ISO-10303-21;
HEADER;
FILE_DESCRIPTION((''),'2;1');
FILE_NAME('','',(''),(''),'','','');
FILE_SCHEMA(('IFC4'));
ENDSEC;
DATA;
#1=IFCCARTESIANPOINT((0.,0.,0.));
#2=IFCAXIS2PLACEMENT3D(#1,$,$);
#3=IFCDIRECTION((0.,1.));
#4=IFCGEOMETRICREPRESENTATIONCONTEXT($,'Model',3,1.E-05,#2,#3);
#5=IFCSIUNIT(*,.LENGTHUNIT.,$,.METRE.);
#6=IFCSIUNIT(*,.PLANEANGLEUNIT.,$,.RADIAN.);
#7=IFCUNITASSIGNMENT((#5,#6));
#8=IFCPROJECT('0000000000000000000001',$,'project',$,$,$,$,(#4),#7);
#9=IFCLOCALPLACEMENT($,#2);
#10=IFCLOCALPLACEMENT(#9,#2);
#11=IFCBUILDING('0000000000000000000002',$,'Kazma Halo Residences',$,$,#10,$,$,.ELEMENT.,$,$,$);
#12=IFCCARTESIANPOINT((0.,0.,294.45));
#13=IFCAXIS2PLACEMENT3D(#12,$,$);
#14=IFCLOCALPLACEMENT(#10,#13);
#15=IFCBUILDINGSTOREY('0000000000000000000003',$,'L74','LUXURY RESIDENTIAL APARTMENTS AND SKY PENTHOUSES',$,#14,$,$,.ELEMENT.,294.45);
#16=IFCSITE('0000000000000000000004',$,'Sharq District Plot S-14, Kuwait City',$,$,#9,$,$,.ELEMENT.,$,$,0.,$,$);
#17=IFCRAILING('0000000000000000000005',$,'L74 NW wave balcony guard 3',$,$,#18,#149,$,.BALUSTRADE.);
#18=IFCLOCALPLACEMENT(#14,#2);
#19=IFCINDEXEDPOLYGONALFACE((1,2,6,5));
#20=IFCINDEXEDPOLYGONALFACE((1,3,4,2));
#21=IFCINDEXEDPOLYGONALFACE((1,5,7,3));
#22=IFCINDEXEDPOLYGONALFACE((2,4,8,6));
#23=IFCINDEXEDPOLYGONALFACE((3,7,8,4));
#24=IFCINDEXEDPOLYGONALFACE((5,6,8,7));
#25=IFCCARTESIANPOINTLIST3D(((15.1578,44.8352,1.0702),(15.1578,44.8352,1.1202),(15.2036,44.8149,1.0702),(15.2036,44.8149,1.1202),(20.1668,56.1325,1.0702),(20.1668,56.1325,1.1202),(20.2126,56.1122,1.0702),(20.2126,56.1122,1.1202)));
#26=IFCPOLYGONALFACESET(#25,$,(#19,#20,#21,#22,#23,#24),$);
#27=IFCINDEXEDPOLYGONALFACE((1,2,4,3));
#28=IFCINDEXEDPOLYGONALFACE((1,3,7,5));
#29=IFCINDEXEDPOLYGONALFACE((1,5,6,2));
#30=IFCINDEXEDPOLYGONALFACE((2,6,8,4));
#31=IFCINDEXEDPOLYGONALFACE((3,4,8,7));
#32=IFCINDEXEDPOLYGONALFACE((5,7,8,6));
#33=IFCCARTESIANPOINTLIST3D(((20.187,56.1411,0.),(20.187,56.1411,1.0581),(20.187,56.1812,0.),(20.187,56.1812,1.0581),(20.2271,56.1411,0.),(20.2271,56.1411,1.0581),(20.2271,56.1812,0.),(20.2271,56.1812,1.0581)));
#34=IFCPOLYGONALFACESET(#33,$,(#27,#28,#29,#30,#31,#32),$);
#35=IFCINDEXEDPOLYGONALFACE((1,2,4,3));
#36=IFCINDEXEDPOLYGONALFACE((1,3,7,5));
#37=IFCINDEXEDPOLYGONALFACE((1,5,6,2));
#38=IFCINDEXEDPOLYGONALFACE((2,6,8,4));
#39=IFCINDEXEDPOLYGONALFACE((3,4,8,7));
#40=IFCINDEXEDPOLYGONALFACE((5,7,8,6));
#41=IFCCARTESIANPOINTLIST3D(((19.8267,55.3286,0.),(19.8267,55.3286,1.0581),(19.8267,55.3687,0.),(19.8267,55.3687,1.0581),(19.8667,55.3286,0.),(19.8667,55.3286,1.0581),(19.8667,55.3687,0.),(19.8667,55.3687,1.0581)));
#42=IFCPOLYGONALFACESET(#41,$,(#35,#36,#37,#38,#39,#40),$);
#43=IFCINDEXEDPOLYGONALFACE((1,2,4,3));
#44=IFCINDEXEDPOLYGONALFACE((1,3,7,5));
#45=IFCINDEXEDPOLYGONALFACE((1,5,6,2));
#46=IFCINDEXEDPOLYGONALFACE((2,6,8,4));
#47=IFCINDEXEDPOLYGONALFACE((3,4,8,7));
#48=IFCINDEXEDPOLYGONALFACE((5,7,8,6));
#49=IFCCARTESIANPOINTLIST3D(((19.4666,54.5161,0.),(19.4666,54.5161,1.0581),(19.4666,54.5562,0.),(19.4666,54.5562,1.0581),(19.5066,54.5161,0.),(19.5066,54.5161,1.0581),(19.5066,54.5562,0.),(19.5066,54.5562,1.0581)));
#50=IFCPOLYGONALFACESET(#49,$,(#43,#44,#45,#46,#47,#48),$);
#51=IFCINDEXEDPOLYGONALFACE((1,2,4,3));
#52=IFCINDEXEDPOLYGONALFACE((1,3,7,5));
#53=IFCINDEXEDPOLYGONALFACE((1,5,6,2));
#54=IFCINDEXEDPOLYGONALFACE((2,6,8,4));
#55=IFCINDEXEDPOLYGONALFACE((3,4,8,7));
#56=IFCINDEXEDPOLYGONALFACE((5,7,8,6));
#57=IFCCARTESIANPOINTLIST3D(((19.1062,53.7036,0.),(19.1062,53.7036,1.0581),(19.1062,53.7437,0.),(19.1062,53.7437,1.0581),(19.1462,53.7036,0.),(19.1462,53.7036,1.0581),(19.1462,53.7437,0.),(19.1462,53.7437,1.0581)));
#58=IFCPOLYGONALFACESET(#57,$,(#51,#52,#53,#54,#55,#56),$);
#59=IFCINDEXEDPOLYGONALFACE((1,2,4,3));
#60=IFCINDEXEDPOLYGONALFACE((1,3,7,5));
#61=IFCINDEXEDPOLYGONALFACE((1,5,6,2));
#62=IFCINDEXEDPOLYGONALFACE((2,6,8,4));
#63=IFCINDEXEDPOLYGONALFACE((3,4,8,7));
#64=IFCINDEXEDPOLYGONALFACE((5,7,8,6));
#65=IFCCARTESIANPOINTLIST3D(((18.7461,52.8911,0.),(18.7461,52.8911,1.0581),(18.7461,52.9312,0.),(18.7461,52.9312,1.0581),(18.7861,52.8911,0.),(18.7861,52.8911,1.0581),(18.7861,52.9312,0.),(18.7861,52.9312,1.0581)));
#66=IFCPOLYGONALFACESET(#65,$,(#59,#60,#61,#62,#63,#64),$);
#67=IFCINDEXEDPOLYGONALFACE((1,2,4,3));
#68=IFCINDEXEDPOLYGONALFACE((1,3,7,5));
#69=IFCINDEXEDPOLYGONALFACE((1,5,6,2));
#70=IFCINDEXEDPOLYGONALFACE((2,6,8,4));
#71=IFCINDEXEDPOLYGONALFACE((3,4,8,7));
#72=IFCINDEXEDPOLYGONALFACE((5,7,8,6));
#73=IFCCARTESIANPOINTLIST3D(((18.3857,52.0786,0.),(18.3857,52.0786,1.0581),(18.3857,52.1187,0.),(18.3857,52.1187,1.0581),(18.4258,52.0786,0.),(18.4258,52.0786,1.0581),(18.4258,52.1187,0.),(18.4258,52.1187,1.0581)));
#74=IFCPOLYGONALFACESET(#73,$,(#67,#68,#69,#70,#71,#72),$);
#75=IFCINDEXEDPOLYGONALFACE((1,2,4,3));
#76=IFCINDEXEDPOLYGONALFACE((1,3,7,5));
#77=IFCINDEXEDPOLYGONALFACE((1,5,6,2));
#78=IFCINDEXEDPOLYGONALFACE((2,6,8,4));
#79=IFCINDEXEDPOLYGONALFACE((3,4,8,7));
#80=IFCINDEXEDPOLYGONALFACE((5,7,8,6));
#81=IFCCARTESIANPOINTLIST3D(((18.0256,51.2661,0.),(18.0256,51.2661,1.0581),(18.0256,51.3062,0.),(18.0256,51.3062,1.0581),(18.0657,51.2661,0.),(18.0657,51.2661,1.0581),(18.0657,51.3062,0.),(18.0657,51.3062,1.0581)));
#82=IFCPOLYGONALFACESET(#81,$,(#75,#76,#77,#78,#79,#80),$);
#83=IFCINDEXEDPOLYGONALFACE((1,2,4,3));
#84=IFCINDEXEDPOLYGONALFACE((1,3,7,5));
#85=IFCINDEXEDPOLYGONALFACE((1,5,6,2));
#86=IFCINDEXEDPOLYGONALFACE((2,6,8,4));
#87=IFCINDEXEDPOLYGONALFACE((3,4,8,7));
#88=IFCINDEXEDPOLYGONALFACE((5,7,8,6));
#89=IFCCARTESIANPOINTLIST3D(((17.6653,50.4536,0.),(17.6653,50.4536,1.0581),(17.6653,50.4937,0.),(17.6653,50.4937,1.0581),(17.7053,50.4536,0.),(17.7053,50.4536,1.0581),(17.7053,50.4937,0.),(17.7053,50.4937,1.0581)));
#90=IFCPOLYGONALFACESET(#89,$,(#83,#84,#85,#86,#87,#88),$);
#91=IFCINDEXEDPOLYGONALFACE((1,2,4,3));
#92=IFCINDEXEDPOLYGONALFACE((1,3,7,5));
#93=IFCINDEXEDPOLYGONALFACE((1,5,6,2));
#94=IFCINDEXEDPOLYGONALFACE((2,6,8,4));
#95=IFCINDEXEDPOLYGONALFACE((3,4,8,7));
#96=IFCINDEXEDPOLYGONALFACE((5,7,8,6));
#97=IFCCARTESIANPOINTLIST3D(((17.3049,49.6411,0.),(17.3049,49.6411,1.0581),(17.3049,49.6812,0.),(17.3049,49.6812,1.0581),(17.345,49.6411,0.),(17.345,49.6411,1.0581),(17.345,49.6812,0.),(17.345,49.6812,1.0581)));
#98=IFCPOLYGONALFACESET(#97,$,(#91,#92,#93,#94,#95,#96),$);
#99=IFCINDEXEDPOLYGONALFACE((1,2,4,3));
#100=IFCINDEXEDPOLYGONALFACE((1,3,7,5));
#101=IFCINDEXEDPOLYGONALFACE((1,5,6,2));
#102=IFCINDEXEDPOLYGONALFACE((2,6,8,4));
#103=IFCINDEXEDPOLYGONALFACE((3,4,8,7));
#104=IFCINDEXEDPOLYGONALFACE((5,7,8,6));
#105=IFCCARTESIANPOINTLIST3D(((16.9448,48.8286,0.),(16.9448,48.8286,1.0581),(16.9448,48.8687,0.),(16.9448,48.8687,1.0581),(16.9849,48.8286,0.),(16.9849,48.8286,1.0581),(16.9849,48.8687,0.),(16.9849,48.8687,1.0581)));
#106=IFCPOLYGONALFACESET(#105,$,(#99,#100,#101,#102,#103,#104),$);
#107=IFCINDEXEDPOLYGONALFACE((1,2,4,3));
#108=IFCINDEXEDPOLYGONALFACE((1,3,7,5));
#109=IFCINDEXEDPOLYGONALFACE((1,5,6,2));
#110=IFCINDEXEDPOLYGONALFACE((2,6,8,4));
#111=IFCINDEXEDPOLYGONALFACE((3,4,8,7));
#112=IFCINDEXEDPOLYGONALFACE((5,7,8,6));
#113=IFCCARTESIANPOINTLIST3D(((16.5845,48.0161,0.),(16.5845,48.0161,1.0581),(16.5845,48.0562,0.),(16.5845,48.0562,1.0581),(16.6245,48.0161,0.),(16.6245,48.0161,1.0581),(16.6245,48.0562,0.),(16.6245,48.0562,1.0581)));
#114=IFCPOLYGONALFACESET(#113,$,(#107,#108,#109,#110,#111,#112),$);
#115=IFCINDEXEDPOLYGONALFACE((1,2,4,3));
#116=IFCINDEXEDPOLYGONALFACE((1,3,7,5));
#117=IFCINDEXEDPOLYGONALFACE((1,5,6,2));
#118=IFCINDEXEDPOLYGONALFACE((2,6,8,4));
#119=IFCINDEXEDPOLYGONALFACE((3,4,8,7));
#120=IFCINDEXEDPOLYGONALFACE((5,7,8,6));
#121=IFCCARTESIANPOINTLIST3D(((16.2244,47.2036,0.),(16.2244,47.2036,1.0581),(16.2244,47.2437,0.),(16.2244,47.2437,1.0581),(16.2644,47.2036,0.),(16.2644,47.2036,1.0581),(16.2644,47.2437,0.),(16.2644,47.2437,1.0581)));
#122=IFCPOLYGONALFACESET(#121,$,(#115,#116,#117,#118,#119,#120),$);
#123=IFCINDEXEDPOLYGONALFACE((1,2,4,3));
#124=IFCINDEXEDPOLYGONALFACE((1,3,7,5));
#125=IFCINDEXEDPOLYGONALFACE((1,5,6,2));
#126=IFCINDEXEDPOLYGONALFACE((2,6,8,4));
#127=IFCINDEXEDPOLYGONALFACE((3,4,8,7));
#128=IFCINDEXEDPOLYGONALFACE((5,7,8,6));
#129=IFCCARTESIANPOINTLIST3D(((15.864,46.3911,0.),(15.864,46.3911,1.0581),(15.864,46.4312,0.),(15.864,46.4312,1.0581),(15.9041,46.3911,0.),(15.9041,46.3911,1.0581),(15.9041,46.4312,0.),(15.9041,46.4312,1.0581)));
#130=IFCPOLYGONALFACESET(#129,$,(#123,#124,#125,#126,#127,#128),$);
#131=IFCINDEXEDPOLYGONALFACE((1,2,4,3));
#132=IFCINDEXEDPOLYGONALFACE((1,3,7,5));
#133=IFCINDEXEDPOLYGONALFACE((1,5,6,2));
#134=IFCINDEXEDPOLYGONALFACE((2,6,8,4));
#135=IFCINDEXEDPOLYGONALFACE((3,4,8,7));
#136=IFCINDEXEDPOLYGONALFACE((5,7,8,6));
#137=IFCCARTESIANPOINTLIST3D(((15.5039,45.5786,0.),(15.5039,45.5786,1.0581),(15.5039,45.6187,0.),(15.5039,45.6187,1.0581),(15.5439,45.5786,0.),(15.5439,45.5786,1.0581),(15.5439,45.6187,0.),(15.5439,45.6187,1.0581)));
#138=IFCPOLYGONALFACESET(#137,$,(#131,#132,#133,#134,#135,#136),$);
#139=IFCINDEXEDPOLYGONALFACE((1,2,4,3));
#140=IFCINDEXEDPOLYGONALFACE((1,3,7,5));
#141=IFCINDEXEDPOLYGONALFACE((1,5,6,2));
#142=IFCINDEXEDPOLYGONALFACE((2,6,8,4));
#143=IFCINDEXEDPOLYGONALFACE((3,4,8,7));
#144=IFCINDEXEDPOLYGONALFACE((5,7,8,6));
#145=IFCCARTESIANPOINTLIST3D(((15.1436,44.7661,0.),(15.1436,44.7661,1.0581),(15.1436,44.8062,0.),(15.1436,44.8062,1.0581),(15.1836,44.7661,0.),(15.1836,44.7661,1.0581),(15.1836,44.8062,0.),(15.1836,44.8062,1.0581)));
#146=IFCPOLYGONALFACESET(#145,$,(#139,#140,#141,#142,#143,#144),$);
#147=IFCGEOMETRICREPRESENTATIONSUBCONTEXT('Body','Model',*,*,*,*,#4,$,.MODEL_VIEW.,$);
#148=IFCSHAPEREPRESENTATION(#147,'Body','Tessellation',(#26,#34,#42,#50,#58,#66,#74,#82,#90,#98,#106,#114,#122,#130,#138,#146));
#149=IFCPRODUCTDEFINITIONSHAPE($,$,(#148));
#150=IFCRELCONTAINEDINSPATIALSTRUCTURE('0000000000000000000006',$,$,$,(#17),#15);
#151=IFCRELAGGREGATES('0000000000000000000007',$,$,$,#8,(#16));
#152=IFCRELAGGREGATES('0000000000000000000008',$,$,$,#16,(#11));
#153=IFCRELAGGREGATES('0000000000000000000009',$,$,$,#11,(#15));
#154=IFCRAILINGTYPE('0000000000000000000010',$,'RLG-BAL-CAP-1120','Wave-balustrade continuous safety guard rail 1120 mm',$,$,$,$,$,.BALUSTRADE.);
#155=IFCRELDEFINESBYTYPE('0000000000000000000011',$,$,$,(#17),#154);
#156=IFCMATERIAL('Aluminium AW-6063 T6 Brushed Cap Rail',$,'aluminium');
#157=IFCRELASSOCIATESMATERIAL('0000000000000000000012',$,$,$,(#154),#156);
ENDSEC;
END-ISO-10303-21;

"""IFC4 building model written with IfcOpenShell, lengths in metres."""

from ifc_helpers import new_model, si_unit, direction, frame, origin, origin_2d, place, context, subcontext, project, spatial, rectangle, extrude, material, type_object, element, save


model = new_model("IFC4")

# Units and contexts
model_context = context("Model", 3, precision=1e-05, world=origin(), true_north=direction((0.0, 1.0)))
body_context = subcontext(model_context, "Body", "Model", "MODEL_VIEW")
ifc_project = project(units=[si_unit("LENGTHUNIT", "METRE"), si_unit("PLANEANGLEUNIT", "RADIAN")], contexts=[model_context])

# Site, building, storey
site_placement = place(None, origin())
site = spatial("IfcSite", under=ifc_project, at=site_placement, Name="Sharq District Plot S-14, Kuwait City", CompositionType="ELEMENT", RefElevation=0.0)
building_placement = place(site_placement, origin())
building = spatial("IfcBuilding", under=site, at=building_placement, Name="Kazma Halo Residences", CompositionType="ELEMENT")
storey_placement = place(building_placement, frame((0.0, 0.0, 294.45)))
storey = spatial("IfcBuildingStorey", under=building, at=storey_placement, Name="L74", Description="LUXURY RESIDENTIAL APARTMENTS AND SKY PENTHOUSES", CompositionType="ELEMENT", Elevation=294.45)

# Railing
ifc_material_1 = material(Name="Aluminium AW-6063 T6 Brushed Cap Rail", Category="aluminium")
railing_type = type_object("IfcRailingType", Name="RLG-BAL-CAP-1120", Description="Wave-balustrade continuous safety guard rail 1120 mm", PredefinedType="BALUSTRADE", material=ifc_material_1)
railing_1_placement = place(storey_placement, frame((20.207, 56.1611, 0.0)))
element("IfcRailing", 1, at=railing_1_placement, inside=storey, type_object=railing_type, Name="L74 NW wave balcony guard 3", PredefinedType="BALUSTRADE", context=body_context, shape_type="SweptSolid", body=[
    extrude(rectangle(XDim=0.05, YDim=0.05, at=origin_2d()), frame((-0.0173, -0.0388, 1.0952), z_axis=(-0.405326, -0.914172, 0.0), x_axis=(0.914172, -0.405326, 0.0)), (0.0, 0.0, 1.0), 12.3579),
    extrude(rectangle(XDim=0.04, YDim=0.04, at=origin_2d()), origin(), (0.0, 0.0, 1.0), 1.0581),
    extrude(rectangle(XDim=0.04, YDim=0.04, at=origin_2d()), frame((-0.3604, -0.8125, 0.0)), (0.0, 0.0, 1.0), 1.0581),
    extrude(rectangle(XDim=0.04, YDim=0.04, at=origin_2d()), frame((-0.7205, -1.625, 0.0)), (0.0, 0.0, 1.0), 1.0581),
    extrude(rectangle(XDim=0.04, YDim=0.04, at=origin_2d()), frame((-1.0808, -2.4375, 0.0)), (0.0, 0.0, 1.0), 1.0581),
    extrude(rectangle(XDim=0.04, YDim=0.04, at=origin_2d()), frame((-1.4409, -3.25, 0.0)), (0.0, 0.0, 1.0), 1.0581),
    extrude(rectangle(XDim=0.04, YDim=0.04, at=origin_2d()), frame((-1.8013, -4.0625, 0.0)), (0.0, 0.0, 1.0), 1.0581),
    extrude(rectangle(XDim=0.04, YDim=0.04, at=origin_2d()), frame((-2.1614, -4.875, 0.0)), (0.0, 0.0, 1.0), 1.0581),
    extrude(rectangle(XDim=0.04, YDim=0.04, at=origin_2d()), frame((-2.5217, -5.6875, 0.0)), (0.0, 0.0, 1.0), 1.0581),
    extrude(rectangle(XDim=0.04, YDim=0.04, at=origin_2d()), frame((-2.8821, -6.5, 0.0)), (0.0, 0.0, 1.0), 1.0581),
    extrude(rectangle(XDim=0.04, YDim=0.04, at=origin_2d()), frame((-3.2422, -7.3125, 0.0)), (0.0, 0.0, 1.0), 1.0581),
    extrude(rectangle(XDim=0.04, YDim=0.04, at=origin_2d()), frame((-3.6025, -8.125, 0.0)), (0.0, 0.0, 1.0), 1.0581),
    extrude(rectangle(XDim=0.04, YDim=0.04, at=origin_2d()), frame((-3.9626, -8.9375, 0.0)), (0.0, 0.0, 1.0), 1.0581),
    extrude(rectangle(XDim=0.04, YDim=0.04, at=origin_2d()), frame((-4.323, -9.75, 0.0)), (0.0, 0.0, 1.0), 1.0581),
    extrude(rectangle(XDim=0.04, YDim=0.04, at=origin_2d()), frame((-4.6831, -10.5625, 0.0)), (0.0, 0.0, 1.0), 1.0581),
    extrude(rectangle(XDim=0.04, YDim=0.04, at=origin_2d()), frame((-5.0435, -11.375, 0.0)), (0.0, 0.0, 1.0), 1.0581),
])

save(model, "model.ifc")
